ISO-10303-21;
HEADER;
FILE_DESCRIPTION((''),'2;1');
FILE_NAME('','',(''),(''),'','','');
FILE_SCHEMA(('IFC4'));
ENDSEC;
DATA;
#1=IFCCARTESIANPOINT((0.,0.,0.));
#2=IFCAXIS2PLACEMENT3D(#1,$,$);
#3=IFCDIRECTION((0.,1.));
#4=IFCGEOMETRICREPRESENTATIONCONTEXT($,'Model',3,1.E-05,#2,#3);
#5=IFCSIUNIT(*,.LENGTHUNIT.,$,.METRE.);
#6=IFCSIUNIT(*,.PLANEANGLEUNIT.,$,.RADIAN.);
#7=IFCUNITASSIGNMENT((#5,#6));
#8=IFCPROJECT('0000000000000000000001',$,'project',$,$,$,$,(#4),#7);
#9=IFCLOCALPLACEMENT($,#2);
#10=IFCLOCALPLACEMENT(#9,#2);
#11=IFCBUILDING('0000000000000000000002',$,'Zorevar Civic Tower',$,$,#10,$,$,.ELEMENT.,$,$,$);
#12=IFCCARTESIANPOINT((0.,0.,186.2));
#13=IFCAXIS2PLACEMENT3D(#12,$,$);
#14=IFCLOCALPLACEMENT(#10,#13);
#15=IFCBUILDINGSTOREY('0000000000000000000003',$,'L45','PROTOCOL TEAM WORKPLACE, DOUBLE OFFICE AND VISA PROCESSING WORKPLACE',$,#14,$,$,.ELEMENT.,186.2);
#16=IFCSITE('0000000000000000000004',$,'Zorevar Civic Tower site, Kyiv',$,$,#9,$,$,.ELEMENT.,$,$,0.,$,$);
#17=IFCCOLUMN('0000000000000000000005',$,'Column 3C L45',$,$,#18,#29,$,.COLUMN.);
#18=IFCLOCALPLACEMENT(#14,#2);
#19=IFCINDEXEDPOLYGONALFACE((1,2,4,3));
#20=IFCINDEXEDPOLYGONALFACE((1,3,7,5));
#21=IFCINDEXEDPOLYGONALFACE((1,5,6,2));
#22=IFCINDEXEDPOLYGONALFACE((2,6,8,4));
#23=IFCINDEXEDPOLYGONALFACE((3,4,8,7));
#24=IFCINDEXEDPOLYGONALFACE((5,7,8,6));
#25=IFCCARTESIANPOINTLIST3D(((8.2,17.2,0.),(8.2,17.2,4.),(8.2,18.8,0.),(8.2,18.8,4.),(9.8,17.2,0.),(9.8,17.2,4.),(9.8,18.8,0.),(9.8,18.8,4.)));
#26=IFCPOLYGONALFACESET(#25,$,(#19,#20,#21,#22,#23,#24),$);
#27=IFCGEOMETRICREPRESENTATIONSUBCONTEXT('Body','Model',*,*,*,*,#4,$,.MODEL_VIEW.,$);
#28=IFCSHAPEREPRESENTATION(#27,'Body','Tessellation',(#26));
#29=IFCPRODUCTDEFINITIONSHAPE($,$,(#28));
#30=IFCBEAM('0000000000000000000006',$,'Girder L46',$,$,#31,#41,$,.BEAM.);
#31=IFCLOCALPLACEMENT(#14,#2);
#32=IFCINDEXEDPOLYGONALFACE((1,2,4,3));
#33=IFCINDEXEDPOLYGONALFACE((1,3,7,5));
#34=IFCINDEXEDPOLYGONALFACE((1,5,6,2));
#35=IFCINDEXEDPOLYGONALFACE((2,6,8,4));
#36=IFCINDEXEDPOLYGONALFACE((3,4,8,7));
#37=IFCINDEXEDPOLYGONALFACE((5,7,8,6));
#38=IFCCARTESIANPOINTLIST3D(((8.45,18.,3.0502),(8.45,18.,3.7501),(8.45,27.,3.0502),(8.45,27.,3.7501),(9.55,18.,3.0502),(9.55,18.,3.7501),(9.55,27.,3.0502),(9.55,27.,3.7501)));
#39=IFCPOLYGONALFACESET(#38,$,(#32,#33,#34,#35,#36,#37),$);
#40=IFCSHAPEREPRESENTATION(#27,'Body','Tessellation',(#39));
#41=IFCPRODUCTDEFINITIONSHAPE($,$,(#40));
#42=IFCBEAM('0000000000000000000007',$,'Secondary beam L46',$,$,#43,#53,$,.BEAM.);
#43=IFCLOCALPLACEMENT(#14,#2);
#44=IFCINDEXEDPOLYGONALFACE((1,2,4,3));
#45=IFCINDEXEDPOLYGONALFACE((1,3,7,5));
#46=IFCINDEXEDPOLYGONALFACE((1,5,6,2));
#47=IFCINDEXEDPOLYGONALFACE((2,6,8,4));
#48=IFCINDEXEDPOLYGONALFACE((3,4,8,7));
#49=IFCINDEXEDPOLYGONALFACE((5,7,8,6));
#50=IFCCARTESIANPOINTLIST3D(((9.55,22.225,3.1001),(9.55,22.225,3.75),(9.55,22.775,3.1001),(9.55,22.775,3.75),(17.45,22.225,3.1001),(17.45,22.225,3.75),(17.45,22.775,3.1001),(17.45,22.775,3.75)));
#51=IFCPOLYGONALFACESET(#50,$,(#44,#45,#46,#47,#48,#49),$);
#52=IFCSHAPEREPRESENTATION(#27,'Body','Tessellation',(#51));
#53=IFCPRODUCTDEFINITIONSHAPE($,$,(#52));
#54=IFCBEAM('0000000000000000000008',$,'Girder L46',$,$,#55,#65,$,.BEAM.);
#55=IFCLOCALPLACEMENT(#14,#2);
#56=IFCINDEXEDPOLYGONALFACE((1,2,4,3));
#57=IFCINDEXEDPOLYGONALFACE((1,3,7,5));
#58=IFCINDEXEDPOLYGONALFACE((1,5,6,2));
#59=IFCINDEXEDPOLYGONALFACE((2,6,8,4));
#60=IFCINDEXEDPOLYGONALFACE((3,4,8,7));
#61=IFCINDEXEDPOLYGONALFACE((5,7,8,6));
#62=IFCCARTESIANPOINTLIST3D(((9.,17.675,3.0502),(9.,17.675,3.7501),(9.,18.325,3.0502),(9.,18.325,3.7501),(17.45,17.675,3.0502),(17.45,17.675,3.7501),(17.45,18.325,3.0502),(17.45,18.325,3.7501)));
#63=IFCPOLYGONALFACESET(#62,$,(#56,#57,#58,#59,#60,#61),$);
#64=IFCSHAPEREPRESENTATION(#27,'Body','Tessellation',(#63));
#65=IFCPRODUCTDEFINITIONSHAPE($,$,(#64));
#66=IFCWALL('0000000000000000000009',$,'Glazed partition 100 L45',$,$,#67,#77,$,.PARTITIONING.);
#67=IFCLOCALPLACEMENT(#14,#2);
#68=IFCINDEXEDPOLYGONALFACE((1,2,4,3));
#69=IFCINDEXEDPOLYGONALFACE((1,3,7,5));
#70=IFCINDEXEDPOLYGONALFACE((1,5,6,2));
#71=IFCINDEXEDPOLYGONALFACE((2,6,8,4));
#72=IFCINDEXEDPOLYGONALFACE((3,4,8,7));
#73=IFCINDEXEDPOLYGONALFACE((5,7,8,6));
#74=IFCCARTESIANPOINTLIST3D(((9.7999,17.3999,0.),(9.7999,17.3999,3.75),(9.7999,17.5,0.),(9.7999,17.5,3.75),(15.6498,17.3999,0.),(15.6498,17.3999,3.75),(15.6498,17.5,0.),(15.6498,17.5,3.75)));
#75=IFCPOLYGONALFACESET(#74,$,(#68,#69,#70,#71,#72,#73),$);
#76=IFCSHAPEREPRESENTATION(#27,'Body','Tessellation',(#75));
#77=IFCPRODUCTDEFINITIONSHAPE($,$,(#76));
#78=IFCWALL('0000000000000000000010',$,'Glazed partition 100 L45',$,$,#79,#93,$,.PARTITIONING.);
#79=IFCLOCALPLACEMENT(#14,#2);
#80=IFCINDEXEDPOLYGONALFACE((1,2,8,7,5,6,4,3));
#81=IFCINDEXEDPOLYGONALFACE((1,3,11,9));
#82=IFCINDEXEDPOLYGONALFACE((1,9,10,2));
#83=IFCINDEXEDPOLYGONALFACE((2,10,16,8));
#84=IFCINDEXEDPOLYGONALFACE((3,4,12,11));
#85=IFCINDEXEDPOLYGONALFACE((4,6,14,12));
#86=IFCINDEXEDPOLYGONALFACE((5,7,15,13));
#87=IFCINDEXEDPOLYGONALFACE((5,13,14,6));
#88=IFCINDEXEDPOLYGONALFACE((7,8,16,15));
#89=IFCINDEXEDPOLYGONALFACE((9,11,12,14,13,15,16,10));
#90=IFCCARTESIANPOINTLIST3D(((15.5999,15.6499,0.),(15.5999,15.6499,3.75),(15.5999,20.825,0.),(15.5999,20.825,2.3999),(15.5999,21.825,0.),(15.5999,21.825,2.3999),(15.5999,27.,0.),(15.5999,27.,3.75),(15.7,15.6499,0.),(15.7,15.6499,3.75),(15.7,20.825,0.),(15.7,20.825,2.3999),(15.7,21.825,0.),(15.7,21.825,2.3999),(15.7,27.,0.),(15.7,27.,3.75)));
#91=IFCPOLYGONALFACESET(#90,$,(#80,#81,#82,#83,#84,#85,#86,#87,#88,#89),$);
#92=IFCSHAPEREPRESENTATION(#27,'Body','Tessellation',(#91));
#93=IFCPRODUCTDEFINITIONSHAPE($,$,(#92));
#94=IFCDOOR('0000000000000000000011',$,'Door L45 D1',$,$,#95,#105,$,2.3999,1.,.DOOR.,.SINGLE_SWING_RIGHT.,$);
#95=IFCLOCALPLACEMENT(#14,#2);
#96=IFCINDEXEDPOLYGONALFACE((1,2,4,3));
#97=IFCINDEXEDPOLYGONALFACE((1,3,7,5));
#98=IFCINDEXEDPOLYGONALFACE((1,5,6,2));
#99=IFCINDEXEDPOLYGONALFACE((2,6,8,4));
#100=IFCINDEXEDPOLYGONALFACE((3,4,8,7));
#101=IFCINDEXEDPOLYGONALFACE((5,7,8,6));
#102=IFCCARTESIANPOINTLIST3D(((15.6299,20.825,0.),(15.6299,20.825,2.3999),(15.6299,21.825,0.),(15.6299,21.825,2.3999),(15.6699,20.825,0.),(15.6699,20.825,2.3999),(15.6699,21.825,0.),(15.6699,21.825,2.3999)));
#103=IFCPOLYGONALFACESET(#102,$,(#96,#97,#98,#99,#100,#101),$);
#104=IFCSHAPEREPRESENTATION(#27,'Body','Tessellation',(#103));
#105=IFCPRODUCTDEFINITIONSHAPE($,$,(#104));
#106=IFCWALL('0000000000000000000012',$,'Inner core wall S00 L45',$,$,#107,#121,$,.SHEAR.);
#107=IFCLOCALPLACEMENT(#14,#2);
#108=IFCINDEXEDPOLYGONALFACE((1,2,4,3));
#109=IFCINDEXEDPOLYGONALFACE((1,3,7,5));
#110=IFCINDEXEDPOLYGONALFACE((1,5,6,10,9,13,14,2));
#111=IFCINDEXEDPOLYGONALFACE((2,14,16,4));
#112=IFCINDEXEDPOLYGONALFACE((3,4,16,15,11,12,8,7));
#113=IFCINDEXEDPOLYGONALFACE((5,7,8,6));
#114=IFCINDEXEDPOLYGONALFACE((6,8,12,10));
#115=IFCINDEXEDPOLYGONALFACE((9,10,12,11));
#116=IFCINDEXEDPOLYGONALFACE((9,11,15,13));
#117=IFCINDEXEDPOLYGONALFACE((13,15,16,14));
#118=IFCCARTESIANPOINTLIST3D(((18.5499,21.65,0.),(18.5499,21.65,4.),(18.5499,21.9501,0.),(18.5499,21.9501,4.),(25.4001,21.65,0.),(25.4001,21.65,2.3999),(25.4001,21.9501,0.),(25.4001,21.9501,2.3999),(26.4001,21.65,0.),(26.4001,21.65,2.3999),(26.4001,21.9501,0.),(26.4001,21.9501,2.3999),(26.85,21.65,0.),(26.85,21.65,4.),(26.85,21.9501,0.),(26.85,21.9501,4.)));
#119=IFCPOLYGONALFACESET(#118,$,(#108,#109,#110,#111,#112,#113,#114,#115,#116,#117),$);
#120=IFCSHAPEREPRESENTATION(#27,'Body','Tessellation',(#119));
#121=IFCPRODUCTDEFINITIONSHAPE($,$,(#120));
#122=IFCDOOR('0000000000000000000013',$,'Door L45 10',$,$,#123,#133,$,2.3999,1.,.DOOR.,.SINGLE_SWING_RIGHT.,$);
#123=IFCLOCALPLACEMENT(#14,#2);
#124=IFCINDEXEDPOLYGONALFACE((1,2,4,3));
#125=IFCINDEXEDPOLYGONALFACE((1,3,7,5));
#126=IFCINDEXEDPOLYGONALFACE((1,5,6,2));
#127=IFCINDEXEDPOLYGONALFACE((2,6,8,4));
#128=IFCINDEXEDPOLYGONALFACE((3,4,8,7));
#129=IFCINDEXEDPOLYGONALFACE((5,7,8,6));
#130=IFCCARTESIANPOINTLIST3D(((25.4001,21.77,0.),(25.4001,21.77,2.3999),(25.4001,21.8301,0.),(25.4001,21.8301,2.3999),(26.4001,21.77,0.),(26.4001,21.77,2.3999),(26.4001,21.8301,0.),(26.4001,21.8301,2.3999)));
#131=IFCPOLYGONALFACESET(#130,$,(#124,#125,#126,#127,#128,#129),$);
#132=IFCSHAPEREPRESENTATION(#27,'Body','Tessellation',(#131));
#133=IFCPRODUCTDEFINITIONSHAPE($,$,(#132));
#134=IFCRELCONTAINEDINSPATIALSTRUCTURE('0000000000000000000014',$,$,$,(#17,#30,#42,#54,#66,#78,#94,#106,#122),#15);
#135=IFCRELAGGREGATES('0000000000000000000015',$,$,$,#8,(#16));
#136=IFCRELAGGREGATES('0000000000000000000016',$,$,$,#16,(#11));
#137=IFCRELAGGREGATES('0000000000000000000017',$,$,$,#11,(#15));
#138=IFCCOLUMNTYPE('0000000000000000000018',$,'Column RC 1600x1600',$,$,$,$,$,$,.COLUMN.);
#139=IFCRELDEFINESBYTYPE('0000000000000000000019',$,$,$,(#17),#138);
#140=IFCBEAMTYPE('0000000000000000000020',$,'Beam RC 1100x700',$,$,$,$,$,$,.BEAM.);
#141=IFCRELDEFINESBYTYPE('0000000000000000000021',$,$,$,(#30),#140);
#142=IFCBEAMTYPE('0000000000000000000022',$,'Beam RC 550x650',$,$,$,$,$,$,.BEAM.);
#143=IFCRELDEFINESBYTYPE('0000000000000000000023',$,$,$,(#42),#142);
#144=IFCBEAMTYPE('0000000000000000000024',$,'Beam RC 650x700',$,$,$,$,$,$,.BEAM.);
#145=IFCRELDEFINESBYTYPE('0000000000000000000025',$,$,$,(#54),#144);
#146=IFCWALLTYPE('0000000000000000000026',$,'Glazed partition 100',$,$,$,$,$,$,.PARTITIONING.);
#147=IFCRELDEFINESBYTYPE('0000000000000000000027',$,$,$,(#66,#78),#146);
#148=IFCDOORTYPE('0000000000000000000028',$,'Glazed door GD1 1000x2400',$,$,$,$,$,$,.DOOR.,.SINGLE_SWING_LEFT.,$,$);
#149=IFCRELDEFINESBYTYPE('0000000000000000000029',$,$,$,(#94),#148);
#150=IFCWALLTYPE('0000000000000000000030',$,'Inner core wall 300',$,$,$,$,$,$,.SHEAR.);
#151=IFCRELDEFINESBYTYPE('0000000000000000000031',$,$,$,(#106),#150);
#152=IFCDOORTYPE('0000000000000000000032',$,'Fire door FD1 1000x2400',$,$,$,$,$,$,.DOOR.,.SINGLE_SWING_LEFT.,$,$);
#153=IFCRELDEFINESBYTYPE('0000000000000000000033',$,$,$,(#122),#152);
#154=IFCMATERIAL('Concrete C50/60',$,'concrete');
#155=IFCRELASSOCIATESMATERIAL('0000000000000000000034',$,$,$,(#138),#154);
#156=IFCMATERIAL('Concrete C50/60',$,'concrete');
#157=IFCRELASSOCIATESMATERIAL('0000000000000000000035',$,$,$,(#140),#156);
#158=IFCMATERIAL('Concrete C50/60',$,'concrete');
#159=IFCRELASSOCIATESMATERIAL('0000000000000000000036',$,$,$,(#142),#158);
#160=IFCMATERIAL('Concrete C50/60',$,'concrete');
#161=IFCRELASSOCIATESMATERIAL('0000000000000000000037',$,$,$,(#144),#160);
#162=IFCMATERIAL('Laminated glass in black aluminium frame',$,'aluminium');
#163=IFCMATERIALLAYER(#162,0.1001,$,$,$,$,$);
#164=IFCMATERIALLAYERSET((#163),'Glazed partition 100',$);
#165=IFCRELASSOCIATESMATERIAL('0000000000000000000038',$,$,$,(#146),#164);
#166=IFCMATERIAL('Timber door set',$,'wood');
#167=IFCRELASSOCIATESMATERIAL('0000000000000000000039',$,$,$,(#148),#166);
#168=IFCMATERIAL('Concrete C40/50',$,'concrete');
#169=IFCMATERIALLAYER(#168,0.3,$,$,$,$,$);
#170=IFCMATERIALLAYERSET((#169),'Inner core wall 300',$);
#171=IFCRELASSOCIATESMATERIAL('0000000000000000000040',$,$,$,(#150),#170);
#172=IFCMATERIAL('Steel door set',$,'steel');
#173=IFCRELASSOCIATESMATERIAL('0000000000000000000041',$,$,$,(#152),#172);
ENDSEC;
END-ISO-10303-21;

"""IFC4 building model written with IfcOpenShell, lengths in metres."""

from ifc_helpers import new_model, si_unit, direction, frame, frame_2d, origin, origin_2d, place, context, subcontext, project, spatial, rectangle, extrude, material, layer, layer_set, material_profile, profile_set, type_object, element, fill, save


model = new_model("IFC4")

# Units and contexts
model_context = context("Model", 3, precision=1e-05, world=origin(), true_north=direction((0.0, 1.0)))
body_context = subcontext(model_context, "Body", "Model", "MODEL_VIEW")
ifc_project = project(units=[si_unit("LENGTHUNIT", "METRE"), si_unit("PLANEANGLEUNIT", "RADIAN")], contexts=[model_context])

# Site, building, storey
site_placement = place(None, origin())
site = spatial("IfcSite", under=ifc_project, at=site_placement, Name="Zorevar Civic Tower site, Kyiv", CompositionType="ELEMENT", RefElevation=0.0)
building_placement = place(site_placement, origin())
building = spatial("IfcBuilding", under=site, at=building_placement, Name="Zorevar Civic Tower", CompositionType="ELEMENT")
storey_placement = place(building_placement, frame((0.0, 0.0, 186.2)))
storey = spatial("IfcBuildingStorey", under=building, at=storey_placement, Name="L45", Description="PROTOCOL TEAM WORKPLACE, DOUBLE OFFICE AND VISA PROCESSING WORKPLACE", CompositionType="ELEMENT", Elevation=186.2)

# Column
ifc_material_1 = material(Name="Concrete C50/60", Category="concrete")
ifc_material_profile_1 = material_profile(ifc_material_1, rectangle(XDim=1.6001, YDim=1.6001, at=origin_2d()), Name="RC 1600x1600")
ifc_profile_set_1 = profile_set([ifc_material_profile_1], Name="Concrete C50/60")
column_type = type_object("IfcColumnType", Name="Column RC 1600x1600", PredefinedType="COLUMN", material=ifc_profile_set_1)
column_placement = place(storey_placement, frame((9.0, 18.0, 0.0), z_axis=(0.0, 0.0, 1.0), x_axis=(1.0, 0.0, 0.0)))
element("IfcColumn", 1, at=column_placement, inside=storey, type_object=column_type, Name="Column 3C L45", PredefinedType="COLUMN", context=body_context, shape_type="SweptSolid", body=[
    extrude(rectangle(XDim=1.6001, YDim=1.6001, at=origin_2d()), origin(), (0.0, 0.0, 1.0), 4.0),
])

# Beams
ifc_material_2 = material(Name="Concrete C50/60", Category="concrete")
ifc_material_profile_2 = material_profile(ifc_material_2, rectangle(XDim=1.1001, YDim=0.7, at=origin_2d()), Name="RC 1100x700")
ifc_profile_set_2 = profile_set([ifc_material_profile_2], Name="Concrete C50/60")
beam_type_1 = type_object("IfcBeamType", Name="Beam RC 1100x700", PredefinedType="BEAM", material=ifc_profile_set_2)
beam_1_placement = place(storey_placement, frame((9.0, 18.0, 3.4001), z_axis=(0.0, 1.0, 0.0), x_axis=(-1.0, 0.0, 0.0)))
element("IfcBeam", 2, at=beam_1_placement, inside=storey, type_object=beam_type_1, Name="Girder L46", PredefinedType="BEAM", context=body_context, shape_type="SweptSolid", body=[
    extrude(rectangle(XDim=1.1001, YDim=0.7, at=origin_2d()), origin(), (0.0, 0.0, 1.0), 9.0),
])
ifc_material_3 = material(Name="Concrete C50/60", Category="concrete")
ifc_material_profile_3 = material_profile(ifc_material_3, rectangle(XDim=0.55, YDim=0.6499, at=origin_2d()), Name="RC 550x650")
ifc_profile_set_3 = profile_set([ifc_material_profile_3], Name="Concrete C50/60")
beam_type_2 = type_object("IfcBeamType", Name="Beam RC 550x650", PredefinedType="BEAM", material=ifc_profile_set_3)
beam_2_placement = place(storey_placement, frame((9.55, 22.5, 3.425), z_axis=(1.0, 0.0, 0.0), x_axis=(0.0, 1.0, 0.0)))
element("IfcBeam", 3, at=beam_2_placement, inside=storey, type_object=beam_type_2, Name="Secondary beam L46", PredefinedType="BEAM", context=body_context, shape_type="SweptSolid", body=[
    extrude(rectangle(XDim=0.55, YDim=0.6499, at=origin_2d()), origin(), (0.0, 0.0, 1.0), 7.8999),
])
ifc_material_4 = material(Name="Concrete C50/60", Category="concrete")
ifc_material_profile_4 = material_profile(ifc_material_4, rectangle(XDim=0.6499, YDim=0.7, at=origin_2d()), Name="RC 650x700")
ifc_profile_set_4 = profile_set([ifc_material_profile_4], Name="Concrete C50/60")
beam_type_3 = type_object("IfcBeamType", Name="Beam RC 650x700", PredefinedType="BEAM", material=ifc_profile_set_4)
beam_3_placement = place(storey_placement, frame((9.0, 18.0, 3.4001), z_axis=(1.0, 0.0, 0.0), x_axis=(0.0, 1.0, 0.0)))
element("IfcBeam", 4, at=beam_3_placement, inside=storey, type_object=beam_type_3, Name="Girder L46", PredefinedType="BEAM", context=body_context, shape_type="SweptSolid", body=[
    extrude(rectangle(XDim=0.6499, YDim=0.7, at=origin_2d()), origin(), (0.0, 0.0, 1.0), 8.45),
])

# Wall
ifc_material_5 = material(Name="Laminated glass in black aluminium frame", Category="aluminium")
ifc_layer_1 = layer(ifc_material_5, 0.1001)
ifc_layer_set_1 = layer_set([ifc_layer_1], Name="Glazed partition 100")
wall_type_1 = type_object("IfcWallType", Name="Glazed partition 100", PredefinedType="PARTITIONING", material=ifc_layer_set_1)
wall_1_placement = place(storey_placement, frame((9.8, 17.45, 0.0), z_axis=(0.0, 0.0, 1.0), x_axis=(1.0, 0.0, 0.0)))
element("IfcWall", 5, at=wall_1_placement, inside=storey, type_object=wall_type_1, Name="Glazed partition 100 L45", PredefinedType="PARTITIONING", context=body_context, shape_type="SweptSolid", body=[
    extrude(rectangle(XDim=5.8499, YDim=0.1001, at=frame_2d((2.9248, 0.0))), origin(), (0.0, 0.0, 1.0), 3.75),
])

# Walls, openings, doors
wall_2_placement = place(storey_placement, frame((15.6499, 15.6499, 0.0), z_axis=(0.0, 0.0, 1.0), x_axis=(0.0, 1.0, 0.0)))
wall_2 = element("IfcWall", 6, at=wall_2_placement, inside=storey, type_object=wall_type_1, Name="Glazed partition 100 L45", PredefinedType="PARTITIONING", context=body_context, shape_type="SweptSolid", body=[
    extrude(rectangle(XDim=11.3501, YDim=0.1001, at=frame_2d((5.675, 0.0))), origin(), (0.0, 0.0, 1.0), 3.75),
])
opening_1_placement = place(wall_2_placement, frame((5.175, 0.0, 0.0)))
opening_1 = element("IfcOpeningElement", 7, at=opening_1_placement, cuts=wall_2, PredefinedType="OPENING", context=body_context, shape_type="SweptSolid", body=[
    extrude(rectangle(XDim=1.0, YDim=2.3999, at=frame_2d((0.5, 1.2))), frame((0.0, 0.0601, 0.0), z_axis=(0.0, -1.0, 0.0), x_axis=(1.0, 0.0, 0.0)), (0.0, 0.0, 1.0), 0.1201),
])
ifc_material_6 = material(Name="Timber door set", Category="wood")
door_type_1 = type_object("IfcDoorType", Name="Glazed door GD1 1000x2400", OperationType="SINGLE_SWING_LEFT", PredefinedType="DOOR", material=ifc_material_6)
door_1_placement = place(opening_1_placement, origin())
door_1 = element("IfcDoor", 8, at=door_1_placement, inside=storey, type_object=door_type_1, Name="Door L45 D1", OperationType="SINGLE_SWING_RIGHT", OverallHeight=2.3999, OverallWidth=1.0, PredefinedType="DOOR", context=body_context, shape_type="SweptSolid", body=[
    extrude(rectangle(XDim=1.0, YDim=2.3999, at=frame_2d((0.5, 1.2))), frame((0.0, 0.02, 0.0), z_axis=(0.0, -1.0, 0.0), x_axis=(1.0, 0.0, 0.0)), (0.0, 0.0, 1.0), 0.04),
])
fill(opening_1, door_1)
ifc_material_7 = material(Name="Concrete C40/50", Category="concrete")
ifc_layer_2 = layer(ifc_material_7, 0.3)
ifc_layer_set_2 = layer_set([ifc_layer_2], Name="Inner core wall 300")
wall_type_2 = type_object("IfcWallType", Name="Inner core wall 300", PredefinedType="SHEAR", material=ifc_layer_set_2)
wall_3_placement = place(storey_placement, frame((18.55, 21.8, 0.0), z_axis=(0.0, 0.0, 1.0), x_axis=(1.0, 0.0, 0.0)))
wall_3 = element("IfcWall", 9, at=wall_3_placement, inside=storey, type_object=wall_type_2, Name="Inner core wall S00 L45", PredefinedType="SHEAR", context=body_context, shape_type="SweptSolid", body=[
    extrude(rectangle(XDim=8.3, YDim=0.3, at=frame_2d((4.1499, 0.0))), origin(), (0.0, 0.0, 1.0), 4.0),
])
opening_2_placement = place(wall_3_placement, frame((6.8501, 0.0, 0.0)))
opening_2 = element("IfcOpeningElement", 10, at=opening_2_placement, cuts=wall_3, PredefinedType="OPENING", context=body_context, shape_type="SweptSolid", body=[
    extrude(rectangle(XDim=1.0, YDim=2.3999, at=frame_2d((0.5, 1.2))), frame((0.0, 0.1599, 0.0), z_axis=(0.0, -1.0, 0.0), x_axis=(1.0, 0.0, 0.0)), (0.0, 0.0, 1.0), 0.3201),
])
ifc_material_8 = material(Name="Steel door set", Category="steel")
door_type_2 = type_object("IfcDoorType", Name="Fire door FD1 1000x2400", OperationType="SINGLE_SWING_LEFT", PredefinedType="DOOR", material=ifc_material_8)
door_2_placement = place(opening_2_placement, origin())
door_2 = element("IfcDoor", 11, at=door_2_placement, inside=storey, type_object=door_type_2, Name="Door L45 10", OperationType="SINGLE_SWING_RIGHT", OverallHeight=2.3999, OverallWidth=1.0, PredefinedType="DOOR", context=body_context, shape_type="SweptSolid", body=[
    extrude(rectangle(XDim=1.0, YDim=2.3999, at=frame_2d((0.5, 1.2))), frame((0.0, 0.03, 0.0), z_axis=(0.0, -1.0, 0.0), x_axis=(1.0, 0.0, 0.0)), (0.0, 0.0, 1.0), 0.0601),
])
fill(opening_2, door_2)

save(model, "model.ifc")
